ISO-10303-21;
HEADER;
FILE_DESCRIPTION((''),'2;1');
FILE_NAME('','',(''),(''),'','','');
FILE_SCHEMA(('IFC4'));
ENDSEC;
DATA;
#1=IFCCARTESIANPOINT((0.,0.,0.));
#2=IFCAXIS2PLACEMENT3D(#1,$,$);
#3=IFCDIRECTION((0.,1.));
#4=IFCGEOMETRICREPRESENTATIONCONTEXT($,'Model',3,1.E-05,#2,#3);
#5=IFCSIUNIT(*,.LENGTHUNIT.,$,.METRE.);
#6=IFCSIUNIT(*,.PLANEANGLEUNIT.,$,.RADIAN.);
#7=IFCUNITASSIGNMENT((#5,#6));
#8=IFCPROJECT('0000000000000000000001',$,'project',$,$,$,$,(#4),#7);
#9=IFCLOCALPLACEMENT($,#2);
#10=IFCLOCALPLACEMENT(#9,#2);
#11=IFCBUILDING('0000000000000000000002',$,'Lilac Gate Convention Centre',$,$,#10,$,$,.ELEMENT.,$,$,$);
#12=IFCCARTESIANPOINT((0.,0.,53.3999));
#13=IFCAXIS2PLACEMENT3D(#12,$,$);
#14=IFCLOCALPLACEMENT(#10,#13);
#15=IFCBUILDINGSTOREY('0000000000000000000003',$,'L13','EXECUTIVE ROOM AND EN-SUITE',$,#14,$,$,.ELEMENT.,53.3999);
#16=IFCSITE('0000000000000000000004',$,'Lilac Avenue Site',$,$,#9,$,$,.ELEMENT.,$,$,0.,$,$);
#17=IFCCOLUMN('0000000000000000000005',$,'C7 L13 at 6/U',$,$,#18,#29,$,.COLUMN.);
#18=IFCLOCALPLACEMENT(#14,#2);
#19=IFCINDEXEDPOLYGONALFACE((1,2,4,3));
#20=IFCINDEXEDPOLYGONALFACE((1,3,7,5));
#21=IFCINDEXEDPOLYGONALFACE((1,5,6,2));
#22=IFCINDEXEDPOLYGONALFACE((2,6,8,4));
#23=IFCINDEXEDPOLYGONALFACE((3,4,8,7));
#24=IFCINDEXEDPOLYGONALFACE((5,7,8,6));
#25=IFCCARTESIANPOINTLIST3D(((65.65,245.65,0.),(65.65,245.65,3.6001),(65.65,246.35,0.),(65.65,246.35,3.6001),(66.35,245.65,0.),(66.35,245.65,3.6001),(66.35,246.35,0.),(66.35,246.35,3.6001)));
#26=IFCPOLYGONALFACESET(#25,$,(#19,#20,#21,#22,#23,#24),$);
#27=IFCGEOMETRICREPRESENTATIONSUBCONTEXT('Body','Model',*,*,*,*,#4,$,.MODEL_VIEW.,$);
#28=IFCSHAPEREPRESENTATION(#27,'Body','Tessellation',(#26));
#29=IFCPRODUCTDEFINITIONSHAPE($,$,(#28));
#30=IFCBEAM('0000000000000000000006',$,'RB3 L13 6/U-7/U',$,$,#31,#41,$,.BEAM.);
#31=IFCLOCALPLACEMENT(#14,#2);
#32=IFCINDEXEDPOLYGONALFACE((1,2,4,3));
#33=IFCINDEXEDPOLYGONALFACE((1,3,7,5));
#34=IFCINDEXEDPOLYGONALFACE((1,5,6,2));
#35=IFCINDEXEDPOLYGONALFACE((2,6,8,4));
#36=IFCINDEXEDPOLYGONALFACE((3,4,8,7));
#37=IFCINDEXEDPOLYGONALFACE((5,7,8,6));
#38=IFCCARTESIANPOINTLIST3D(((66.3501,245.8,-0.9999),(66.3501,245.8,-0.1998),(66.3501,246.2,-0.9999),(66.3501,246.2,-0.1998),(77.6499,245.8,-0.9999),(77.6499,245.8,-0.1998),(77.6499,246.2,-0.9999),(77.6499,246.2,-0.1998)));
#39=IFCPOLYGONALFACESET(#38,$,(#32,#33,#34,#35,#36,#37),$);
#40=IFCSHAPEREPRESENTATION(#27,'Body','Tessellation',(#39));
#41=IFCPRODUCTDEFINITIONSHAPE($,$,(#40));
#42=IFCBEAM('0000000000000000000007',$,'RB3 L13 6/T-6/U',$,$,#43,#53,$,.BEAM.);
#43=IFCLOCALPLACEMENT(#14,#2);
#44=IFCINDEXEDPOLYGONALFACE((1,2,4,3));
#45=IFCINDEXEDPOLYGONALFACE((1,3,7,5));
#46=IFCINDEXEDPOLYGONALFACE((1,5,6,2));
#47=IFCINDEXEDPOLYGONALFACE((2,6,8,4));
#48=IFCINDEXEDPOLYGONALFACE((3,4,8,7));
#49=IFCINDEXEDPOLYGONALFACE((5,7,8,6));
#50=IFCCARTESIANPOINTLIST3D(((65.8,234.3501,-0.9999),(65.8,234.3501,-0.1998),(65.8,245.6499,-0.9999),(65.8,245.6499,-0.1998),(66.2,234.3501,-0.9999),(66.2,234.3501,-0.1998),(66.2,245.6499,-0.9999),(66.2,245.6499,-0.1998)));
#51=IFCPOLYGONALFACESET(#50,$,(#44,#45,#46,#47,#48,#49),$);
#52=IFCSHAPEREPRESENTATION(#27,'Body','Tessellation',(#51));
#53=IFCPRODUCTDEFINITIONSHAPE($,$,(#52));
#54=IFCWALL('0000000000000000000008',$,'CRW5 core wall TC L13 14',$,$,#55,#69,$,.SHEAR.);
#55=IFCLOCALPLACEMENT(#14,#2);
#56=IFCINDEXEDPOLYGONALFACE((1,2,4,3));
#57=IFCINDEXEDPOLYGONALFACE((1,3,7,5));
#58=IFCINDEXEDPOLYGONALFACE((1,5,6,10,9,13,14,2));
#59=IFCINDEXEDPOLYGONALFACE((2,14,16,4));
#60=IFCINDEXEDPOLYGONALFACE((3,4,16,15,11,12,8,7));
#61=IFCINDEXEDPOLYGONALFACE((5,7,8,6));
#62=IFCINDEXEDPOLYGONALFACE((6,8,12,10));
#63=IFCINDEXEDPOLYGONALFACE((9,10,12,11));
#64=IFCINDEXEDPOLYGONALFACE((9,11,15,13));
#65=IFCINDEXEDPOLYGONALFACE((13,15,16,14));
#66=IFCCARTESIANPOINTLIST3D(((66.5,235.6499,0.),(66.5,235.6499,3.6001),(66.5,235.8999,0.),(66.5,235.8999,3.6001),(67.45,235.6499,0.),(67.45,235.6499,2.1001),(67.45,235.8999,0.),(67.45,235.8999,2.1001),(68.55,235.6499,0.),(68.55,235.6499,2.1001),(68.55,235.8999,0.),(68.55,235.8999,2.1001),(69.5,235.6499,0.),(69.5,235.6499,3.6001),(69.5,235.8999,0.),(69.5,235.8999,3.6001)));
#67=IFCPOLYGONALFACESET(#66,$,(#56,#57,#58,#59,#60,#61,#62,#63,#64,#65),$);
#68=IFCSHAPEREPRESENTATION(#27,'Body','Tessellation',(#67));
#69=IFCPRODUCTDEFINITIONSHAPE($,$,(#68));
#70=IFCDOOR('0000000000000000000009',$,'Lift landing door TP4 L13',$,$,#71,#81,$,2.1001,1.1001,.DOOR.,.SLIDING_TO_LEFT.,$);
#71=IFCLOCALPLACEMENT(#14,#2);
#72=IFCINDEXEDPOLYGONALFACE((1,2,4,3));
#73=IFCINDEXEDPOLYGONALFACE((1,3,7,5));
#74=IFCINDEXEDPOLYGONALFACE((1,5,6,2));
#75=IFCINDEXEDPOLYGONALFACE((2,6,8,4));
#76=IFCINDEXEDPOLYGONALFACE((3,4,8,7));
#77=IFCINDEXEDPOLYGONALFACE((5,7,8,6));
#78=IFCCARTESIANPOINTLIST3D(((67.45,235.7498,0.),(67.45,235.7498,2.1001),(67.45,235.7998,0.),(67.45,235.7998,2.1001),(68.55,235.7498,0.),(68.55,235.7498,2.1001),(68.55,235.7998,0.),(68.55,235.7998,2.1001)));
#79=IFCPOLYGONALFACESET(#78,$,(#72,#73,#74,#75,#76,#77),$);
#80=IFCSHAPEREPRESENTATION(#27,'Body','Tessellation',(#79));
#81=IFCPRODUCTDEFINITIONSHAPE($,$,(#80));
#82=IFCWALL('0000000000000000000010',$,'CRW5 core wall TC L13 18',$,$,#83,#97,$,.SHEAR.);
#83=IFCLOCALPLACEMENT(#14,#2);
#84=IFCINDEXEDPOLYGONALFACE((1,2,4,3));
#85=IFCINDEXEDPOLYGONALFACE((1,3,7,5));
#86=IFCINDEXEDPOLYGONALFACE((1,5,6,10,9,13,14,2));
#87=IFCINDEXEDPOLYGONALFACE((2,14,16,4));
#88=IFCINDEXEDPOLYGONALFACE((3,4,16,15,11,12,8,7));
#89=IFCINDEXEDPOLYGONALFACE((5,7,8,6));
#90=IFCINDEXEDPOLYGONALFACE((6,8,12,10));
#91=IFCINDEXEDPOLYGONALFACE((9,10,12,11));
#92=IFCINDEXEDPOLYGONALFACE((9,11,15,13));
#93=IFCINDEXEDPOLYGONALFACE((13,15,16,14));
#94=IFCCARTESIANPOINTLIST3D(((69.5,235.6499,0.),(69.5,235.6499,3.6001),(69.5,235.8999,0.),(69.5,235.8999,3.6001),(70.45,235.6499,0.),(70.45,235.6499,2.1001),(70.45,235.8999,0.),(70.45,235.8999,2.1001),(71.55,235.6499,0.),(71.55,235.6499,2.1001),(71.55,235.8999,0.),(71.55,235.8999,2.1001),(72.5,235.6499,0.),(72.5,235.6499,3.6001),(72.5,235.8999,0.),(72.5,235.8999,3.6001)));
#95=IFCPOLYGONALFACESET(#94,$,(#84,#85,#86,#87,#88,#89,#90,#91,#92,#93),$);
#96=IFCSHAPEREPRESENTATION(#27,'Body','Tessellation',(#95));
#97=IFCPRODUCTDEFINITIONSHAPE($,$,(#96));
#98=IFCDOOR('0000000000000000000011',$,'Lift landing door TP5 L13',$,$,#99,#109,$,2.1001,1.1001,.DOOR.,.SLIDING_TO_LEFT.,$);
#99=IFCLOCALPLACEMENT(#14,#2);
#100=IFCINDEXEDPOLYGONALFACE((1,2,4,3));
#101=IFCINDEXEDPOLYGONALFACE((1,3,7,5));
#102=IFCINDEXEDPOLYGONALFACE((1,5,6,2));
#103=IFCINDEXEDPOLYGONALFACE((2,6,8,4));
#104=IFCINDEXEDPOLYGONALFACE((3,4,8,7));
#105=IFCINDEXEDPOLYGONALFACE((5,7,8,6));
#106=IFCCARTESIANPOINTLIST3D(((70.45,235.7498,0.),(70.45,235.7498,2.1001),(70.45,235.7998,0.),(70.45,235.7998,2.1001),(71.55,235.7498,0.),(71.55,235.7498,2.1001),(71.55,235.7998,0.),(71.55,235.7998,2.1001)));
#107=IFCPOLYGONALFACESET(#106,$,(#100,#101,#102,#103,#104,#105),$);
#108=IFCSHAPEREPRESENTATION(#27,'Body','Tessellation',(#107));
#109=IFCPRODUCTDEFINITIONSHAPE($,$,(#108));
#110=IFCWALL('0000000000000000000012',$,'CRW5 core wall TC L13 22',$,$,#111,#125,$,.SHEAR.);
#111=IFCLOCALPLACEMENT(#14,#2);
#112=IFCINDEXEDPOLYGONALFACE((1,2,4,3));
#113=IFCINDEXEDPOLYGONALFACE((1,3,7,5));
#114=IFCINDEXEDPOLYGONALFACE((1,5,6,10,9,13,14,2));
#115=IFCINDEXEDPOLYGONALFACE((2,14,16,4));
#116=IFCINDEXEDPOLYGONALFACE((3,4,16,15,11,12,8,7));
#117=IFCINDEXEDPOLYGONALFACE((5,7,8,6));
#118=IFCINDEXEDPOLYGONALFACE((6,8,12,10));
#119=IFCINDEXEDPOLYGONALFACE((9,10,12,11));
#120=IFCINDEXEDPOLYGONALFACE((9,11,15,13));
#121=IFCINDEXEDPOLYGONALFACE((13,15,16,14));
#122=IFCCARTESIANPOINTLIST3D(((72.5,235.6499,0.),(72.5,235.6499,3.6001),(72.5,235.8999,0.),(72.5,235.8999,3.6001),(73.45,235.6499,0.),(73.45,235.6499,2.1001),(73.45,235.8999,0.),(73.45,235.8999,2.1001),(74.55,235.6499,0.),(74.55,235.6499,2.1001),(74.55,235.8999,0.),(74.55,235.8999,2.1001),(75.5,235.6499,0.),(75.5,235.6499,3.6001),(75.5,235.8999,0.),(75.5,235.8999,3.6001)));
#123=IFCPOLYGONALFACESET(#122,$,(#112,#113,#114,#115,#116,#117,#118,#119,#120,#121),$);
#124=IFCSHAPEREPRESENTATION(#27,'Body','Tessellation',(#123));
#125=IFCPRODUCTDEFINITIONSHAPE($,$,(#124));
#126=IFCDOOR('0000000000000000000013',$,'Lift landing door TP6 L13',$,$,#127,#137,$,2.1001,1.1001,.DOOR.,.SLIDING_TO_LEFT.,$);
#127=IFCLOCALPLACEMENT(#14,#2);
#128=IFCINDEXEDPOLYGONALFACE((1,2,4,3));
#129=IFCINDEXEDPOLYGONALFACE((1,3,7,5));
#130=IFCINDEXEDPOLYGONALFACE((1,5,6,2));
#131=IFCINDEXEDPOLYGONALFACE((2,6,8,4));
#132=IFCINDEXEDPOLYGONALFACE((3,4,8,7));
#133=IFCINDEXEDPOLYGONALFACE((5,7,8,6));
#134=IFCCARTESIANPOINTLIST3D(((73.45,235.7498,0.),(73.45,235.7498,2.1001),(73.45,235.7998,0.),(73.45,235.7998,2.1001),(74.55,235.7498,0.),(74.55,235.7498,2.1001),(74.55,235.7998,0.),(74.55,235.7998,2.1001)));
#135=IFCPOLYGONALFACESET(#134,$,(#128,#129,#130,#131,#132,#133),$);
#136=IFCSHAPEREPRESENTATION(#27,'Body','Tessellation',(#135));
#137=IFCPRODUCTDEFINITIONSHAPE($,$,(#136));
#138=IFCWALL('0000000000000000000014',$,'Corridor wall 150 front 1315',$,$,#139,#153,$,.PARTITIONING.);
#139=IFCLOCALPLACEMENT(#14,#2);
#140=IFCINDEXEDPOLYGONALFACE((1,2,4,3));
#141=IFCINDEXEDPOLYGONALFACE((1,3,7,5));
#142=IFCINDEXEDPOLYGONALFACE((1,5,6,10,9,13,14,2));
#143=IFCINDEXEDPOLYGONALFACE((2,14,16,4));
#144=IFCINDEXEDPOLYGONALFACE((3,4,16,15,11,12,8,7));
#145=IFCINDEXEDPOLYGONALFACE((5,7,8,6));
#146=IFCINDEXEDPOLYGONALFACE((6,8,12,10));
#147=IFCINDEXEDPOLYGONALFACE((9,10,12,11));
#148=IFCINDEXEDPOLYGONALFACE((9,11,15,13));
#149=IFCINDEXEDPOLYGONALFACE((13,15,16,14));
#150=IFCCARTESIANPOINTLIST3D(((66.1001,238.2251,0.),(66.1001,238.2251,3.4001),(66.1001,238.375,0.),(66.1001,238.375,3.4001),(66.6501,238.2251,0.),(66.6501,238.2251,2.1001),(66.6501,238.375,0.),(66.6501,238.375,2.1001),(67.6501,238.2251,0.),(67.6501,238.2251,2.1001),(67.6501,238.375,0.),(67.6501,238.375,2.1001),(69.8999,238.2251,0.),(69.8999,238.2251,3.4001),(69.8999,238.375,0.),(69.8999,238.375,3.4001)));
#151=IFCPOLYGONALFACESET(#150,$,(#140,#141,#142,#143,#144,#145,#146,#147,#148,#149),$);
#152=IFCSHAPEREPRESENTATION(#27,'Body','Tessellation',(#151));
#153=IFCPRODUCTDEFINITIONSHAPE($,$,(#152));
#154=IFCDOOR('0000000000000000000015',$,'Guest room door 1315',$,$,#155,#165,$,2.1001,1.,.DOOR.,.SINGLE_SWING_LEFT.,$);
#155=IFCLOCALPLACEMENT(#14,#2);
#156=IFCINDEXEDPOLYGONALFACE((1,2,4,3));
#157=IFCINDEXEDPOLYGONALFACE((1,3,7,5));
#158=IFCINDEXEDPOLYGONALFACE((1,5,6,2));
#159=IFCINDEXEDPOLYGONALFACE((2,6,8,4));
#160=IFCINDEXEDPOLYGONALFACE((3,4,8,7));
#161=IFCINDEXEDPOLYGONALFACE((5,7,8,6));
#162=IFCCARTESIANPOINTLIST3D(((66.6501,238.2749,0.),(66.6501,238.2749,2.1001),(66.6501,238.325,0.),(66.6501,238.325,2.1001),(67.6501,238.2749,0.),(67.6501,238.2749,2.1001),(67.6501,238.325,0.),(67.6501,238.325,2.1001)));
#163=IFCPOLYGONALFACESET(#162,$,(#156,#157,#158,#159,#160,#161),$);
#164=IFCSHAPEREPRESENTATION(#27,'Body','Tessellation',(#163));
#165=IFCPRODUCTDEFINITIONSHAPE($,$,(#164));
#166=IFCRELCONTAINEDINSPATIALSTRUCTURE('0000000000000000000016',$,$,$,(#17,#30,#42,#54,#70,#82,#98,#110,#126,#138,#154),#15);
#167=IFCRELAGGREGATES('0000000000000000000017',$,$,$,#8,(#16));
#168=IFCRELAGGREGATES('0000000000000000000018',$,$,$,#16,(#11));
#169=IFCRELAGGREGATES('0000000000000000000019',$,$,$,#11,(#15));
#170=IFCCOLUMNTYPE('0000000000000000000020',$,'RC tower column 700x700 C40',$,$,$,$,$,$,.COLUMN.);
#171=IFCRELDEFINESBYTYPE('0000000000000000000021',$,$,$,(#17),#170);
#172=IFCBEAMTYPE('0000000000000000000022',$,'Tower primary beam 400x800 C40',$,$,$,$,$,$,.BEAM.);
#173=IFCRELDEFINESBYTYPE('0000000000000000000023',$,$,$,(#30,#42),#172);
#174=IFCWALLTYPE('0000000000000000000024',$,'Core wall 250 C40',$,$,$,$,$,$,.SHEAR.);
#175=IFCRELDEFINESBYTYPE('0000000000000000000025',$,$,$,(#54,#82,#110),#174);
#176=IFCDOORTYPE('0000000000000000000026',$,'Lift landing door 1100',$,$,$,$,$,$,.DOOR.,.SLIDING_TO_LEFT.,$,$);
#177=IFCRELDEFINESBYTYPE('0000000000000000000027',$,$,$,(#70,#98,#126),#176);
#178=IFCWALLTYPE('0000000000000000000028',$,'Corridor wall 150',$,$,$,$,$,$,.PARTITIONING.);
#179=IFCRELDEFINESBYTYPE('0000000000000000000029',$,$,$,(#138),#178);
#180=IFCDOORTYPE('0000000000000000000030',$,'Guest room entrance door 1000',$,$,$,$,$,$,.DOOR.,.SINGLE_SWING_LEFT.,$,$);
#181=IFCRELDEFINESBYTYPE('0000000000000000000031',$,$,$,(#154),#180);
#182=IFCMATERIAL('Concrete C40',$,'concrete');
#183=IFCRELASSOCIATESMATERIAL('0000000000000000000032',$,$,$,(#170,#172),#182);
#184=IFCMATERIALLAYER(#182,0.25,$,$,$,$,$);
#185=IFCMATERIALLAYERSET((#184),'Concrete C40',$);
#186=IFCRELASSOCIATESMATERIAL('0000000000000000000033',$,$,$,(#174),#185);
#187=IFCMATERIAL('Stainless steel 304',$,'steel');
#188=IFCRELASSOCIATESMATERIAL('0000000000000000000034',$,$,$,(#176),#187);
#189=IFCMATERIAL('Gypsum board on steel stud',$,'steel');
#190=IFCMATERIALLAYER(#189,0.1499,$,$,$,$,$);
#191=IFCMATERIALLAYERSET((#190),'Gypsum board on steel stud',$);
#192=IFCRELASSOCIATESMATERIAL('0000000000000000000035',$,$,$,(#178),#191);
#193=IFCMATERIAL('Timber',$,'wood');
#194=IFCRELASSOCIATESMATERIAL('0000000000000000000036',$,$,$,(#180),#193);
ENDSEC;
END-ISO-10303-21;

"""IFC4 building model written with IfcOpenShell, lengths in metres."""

from ifc_helpers import new_model, si_unit, direction, frame, frame_2d, origin, origin_2d, place, context, subcontext, project, spatial, rectangle, extrude, material, layer, layer_set, material_profile, profile_set, type_object, element, fill, save


model = new_model("IFC4")

# Units and contexts
model_context = context("Model", 3, precision=1e-05, world=origin(), true_north=direction((0.0, 1.0)))
body_context = subcontext(model_context, "Body", "Model", "MODEL_VIEW")
ifc_project = project(units=[si_unit("LENGTHUNIT", "METRE"), si_unit("PLANEANGLEUNIT", "RADIAN")], contexts=[model_context])

# Site, building, storey
site_placement = place(None, origin())
site = spatial("IfcSite", under=ifc_project, at=site_placement, Name="Lilac Avenue Site", CompositionType="ELEMENT", RefElevation=0.0)
building_placement = place(site_placement, origin())
building = spatial("IfcBuilding", under=site, at=building_placement, Name="Lilac Gate Convention Centre", CompositionType="ELEMENT")
storey_placement = place(building_placement, frame((0.0, 0.0, 53.3999)))
storey = spatial("IfcBuildingStorey", under=building, at=storey_placement, Name="L13", Description="EXECUTIVE ROOM AND EN-SUITE", CompositionType="ELEMENT", Elevation=53.3999)

# Column
ifc_material_1 = material(Name="Concrete C40", Category="concrete")
ifc_material_profile_1 = material_profile(ifc_material_1, rectangle(XDim=0.7, YDim=0.7, at=origin_2d()), Name="RC 700x700")
ifc_profile_set_1 = profile_set([ifc_material_profile_1], Name="Concrete C40")
column_type = type_object("IfcColumnType", Name="RC tower column 700x700 C40", PredefinedType="COLUMN", material=ifc_profile_set_1)
column_placement = place(storey_placement, frame((66.0, 246.0, 0.0), z_axis=(0.0, 0.0, 1.0), x_axis=(1.0, 0.0, 0.0)))
element("IfcColumn", 1, at=column_placement, inside=storey, type_object=column_type, Name="C7 L13 at 6/U", PredefinedType="COLUMN", context=body_context, shape_type="SweptSolid", body=[
    extrude(rectangle(XDim=0.7, YDim=0.7, at=origin_2d()), origin(), (0.0, 0.0, 1.0), 3.6001),
])

# Beams
ifc_material_profile_2 = material_profile(ifc_material_1, rectangle(XDim=0.3999, YDim=0.8, at=origin_2d()), Name="RC 400x800")
ifc_profile_set_2 = profile_set([ifc_material_profile_2], Name="Concrete C40")
beam_type = type_object("IfcBeamType", Name="Tower primary beam 400x800 C40", PredefinedType="BEAM", material=ifc_profile_set_2)
for number, where, z_axis, x_axis, name in (
    (2, (66.3501, 246.0, -0.5999), (1.0, 0.0, 0.0), (0.0, 1.0, 0.0), "RB3 L13 6/U-7/U"),
    (3, (66.0, 234.3501, -0.5999), (0.0, 1.0, 0.0), (-1.0, 0.0, 0.0), "RB3 L13 6/T-6/U"),
):
    element("IfcBeam", number, at=place(storey_placement, frame(where, z_axis=z_axis, x_axis=x_axis)), inside=storey, type_object=beam_type, Name=name, PredefinedType="BEAM", context=body_context, shape_type="SweptSolid", body=[
        extrude(rectangle(XDim=0.3999, YDim=0.8, at=origin_2d()), origin(), (0.0, 0.0, 1.0), 11.2998),
    ])

# Walls, openings, doors
ifc_layer_1 = layer(ifc_material_1, 0.25)
ifc_layer_set_1 = layer_set([ifc_layer_1], Name="Concrete C40")
wall_type_1 = type_object("IfcWallType", Name="Core wall 250 C40", PredefinedType="SHEAR", material=ifc_layer_set_1)
wall_1_placement = place(storey_placement, frame((66.5, 235.7749, 0.0), z_axis=(0.0, 0.0, 1.0), x_axis=(1.0, 0.0, 0.0)))
wall_1 = element("IfcWall", 4, at=wall_1_placement, inside=storey, type_object=wall_type_1, Name="CRW5 core wall TC L13 14", PredefinedType="SHEAR", context=body_context, shape_type="SweptSolid", body=[
    extrude(rectangle(XDim=3.0, YDim=0.25, at=frame_2d((1.5, 0.0))), origin(), (0.0, 0.0, 1.0), 3.6001),
])
opening_1_placement = place(wall_1_placement, frame((0.95, 0.0, 0.0)))
opening_1 = element("IfcOpeningElement", 5, at=opening_1_placement, cuts=wall_1, PredefinedType="OPENING", context=body_context, shape_type="SweptSolid", body=[
    extrude(rectangle(XDim=1.1001, YDim=2.1001, at=frame_2d((0.55, 1.05))), frame((0.0, 0.135, 0.0), z_axis=(0.0, -1.0, 0.0), x_axis=(1.0, 0.0, 0.0)), (0.0, 0.0, 1.0), 0.27),
])
ifc_material_2 = material(Name="Stainless steel 304", Category="steel")
door_type_1 = type_object("IfcDoorType", Name="Lift landing door 1100", OperationType="SLIDING_TO_LEFT", PredefinedType="DOOR", material=ifc_material_2)
door_1_placement = place(opening_1_placement, origin())
door_1 = element("IfcDoor", 6, at=door_1_placement, inside=storey, type_object=door_type_1, Name="Lift landing door TP4 L13", OperationType="SLIDING_TO_LEFT", OverallHeight=2.1001, OverallWidth=1.1001, PredefinedType="DOOR", context=body_context, shape_type="SweptSolid", body=[
    extrude(rectangle(XDim=1.1001, YDim=2.1001, at=frame_2d((0.55, 1.05))), frame((0.0, 0.0249, 0.0), z_axis=(0.0, -1.0, 0.0), x_axis=(1.0, 0.0, 0.0)), (0.0, 0.0, 1.0), 0.05),
])
fill(opening_1, door_1)
wall_2_placement = place(storey_placement, frame((69.5, 235.7749, 0.0), z_axis=(0.0, 0.0, 1.0), x_axis=(1.0, 0.0, 0.0)))
wall_2 = element("IfcWall", 7, at=wall_2_placement, inside=storey, type_object=wall_type_1, Name="CRW5 core wall TC L13 18", PredefinedType="SHEAR", context=body_context, shape_type="SweptSolid", body=[
    extrude(rectangle(XDim=3.0, YDim=0.25, at=frame_2d((1.5, 0.0))), origin(), (0.0, 0.0, 1.0), 3.6001),
])
opening_2_placement = place(wall_2_placement, frame((0.95, 0.0, 0.0)))
opening_2 = element("IfcOpeningElement", 8, at=opening_2_placement, cuts=wall_2, PredefinedType="OPENING", context=body_context, shape_type="SweptSolid", body=[
    extrude(rectangle(XDim=1.1001, YDim=2.1001, at=frame_2d((0.55, 1.05))), frame((0.0, 0.135, 0.0), z_axis=(0.0, -1.0, 0.0), x_axis=(1.0, 0.0, 0.0)), (0.0, 0.0, 1.0), 0.27),
])
door_2_placement = place(opening_2_placement, origin())
door_2 = element("IfcDoor", 9, at=door_2_placement, inside=storey, type_object=door_type_1, Name="Lift landing door TP5 L13", OperationType="SLIDING_TO_LEFT", OverallHeight=2.1001, OverallWidth=1.1001, PredefinedType="DOOR", context=body_context, shape_type="SweptSolid", body=[
    extrude(rectangle(XDim=1.1001, YDim=2.1001, at=frame_2d((0.55, 1.05))), frame((0.0, 0.0249, 0.0), z_axis=(0.0, -1.0, 0.0), x_axis=(1.0, 0.0, 0.0)), (0.0, 0.0, 1.0), 0.05),
])
fill(opening_2, door_2)
wall_3_placement = place(storey_placement, frame((72.5, 235.7749, 0.0), z_axis=(0.0, 0.0, 1.0), x_axis=(1.0, 0.0, 0.0)))
wall_3 = element("IfcWall", 10, at=wall_3_placement, inside=storey, type_object=wall_type_1, Name="CRW5 core wall TC L13 22", PredefinedType="SHEAR", context=body_context, shape_type="SweptSolid", body=[
    extrude(rectangle(XDim=3.0, YDim=0.25, at=frame_2d((1.5, 0.0))), origin(), (0.0, 0.0, 1.0), 3.6001),
])
opening_3_placement = place(wall_3_placement, frame((0.95, 0.0, 0.0)))
opening_3 = element("IfcOpeningElement", 11, at=opening_3_placement, cuts=wall_3, PredefinedType="OPENING", context=body_context, shape_type="SweptSolid", body=[
    extrude(rectangle(XDim=1.1001, YDim=2.1001, at=frame_2d((0.55, 1.05))), frame((0.0, 0.135, 0.0), z_axis=(0.0, -1.0, 0.0), x_axis=(1.0, 0.0, 0.0)), (0.0, 0.0, 1.0), 0.27),
])
door_3_placement = place(opening_3_placement, origin())
door_3 = element("IfcDoor", 12, at=door_3_placement, inside=storey, type_object=door_type_1, Name="Lift landing door TP6 L13", OperationType="SLIDING_TO_LEFT", OverallHeight=2.1001, OverallWidth=1.1001, PredefinedType="DOOR", context=body_context, shape_type="SweptSolid", body=[
    extrude(rectangle(XDim=1.1001, YDim=2.1001, at=frame_2d((0.55, 1.05))), frame((0.0, 0.0249, 0.0), z_axis=(0.0, -1.0, 0.0), x_axis=(1.0, 0.0, 0.0)), (0.0, 0.0, 1.0), 0.05),
])
fill(opening_3, door_3)
ifc_material_3 = material(Name="Gypsum board on steel stud", Category="steel")
ifc_layer_2 = layer(ifc_material_3, 0.1499)
ifc_layer_set_2 = layer_set([ifc_layer_2], Name="Gypsum board on steel stud")
wall_type_2 = type_object("IfcWallType", Name="Corridor wall 150", PredefinedType="PARTITIONING", material=ifc_layer_set_2)
wall_4_placement = place(storey_placement, frame((66.1001, 238.3, 0.0), z_axis=(0.0, 0.0, 1.0), x_axis=(1.0, 0.0, 0.0)))
wall_4 = element("IfcWall", 13, at=wall_4_placement, inside=storey, type_object=wall_type_2, Name="Corridor wall 150 front 1315", PredefinedType="PARTITIONING", context=body_context, shape_type="SweptSolid", body=[
    extrude(rectangle(XDim=3.7998, YDim=0.1499, at=frame_2d((1.8999, 0.0))), origin(), (0.0, 0.0, 1.0), 3.4001),
])
opening_4_placement = place(wall_4_placement, frame((0.55, 0.0, 0.0)))
opening_4 = element("IfcOpeningElement", 14, at=opening_4_placement, cuts=wall_4, PredefinedType="OPENING", context=body_context, shape_type="SweptSolid", body=[
    extrude(rectangle(XDim=1.0, YDim=2.1001, at=frame_2d((0.5, 1.05))), frame((0.0, 0.085, 0.0), z_axis=(0.0, -1.0, 0.0), x_axis=(1.0, 0.0, 0.0)), (0.0, 0.0, 1.0), 0.1699),
])
ifc_material_4 = material(Name="Timber", Category="wood")
door_type_2 = type_object("IfcDoorType", Name="Guest room entrance door 1000", OperationType="SINGLE_SWING_LEFT", PredefinedType="DOOR", material=ifc_material_4)
door_4_placement = place(opening_4_placement, origin())
door_4 = element("IfcDoor", 15, at=door_4_placement, inside=storey, type_object=door_type_2, Name="Guest room door 1315", OperationType="SINGLE_SWING_LEFT", OverallHeight=2.1001, OverallWidth=1.0, PredefinedType="DOOR", context=body_context, shape_type="SweptSolid", body=[
    extrude(rectangle(XDim=1.0, YDim=2.1001, at=frame_2d((0.5, 1.05))), frame((0.0, 0.0249, 0.0), z_axis=(0.0, -1.0, 0.0), x_axis=(1.0, 0.0, 0.0)), (0.0, 0.0, 1.0), 0.05),
])
fill(opening_4, door_4)

save(model, "model.ifc")
